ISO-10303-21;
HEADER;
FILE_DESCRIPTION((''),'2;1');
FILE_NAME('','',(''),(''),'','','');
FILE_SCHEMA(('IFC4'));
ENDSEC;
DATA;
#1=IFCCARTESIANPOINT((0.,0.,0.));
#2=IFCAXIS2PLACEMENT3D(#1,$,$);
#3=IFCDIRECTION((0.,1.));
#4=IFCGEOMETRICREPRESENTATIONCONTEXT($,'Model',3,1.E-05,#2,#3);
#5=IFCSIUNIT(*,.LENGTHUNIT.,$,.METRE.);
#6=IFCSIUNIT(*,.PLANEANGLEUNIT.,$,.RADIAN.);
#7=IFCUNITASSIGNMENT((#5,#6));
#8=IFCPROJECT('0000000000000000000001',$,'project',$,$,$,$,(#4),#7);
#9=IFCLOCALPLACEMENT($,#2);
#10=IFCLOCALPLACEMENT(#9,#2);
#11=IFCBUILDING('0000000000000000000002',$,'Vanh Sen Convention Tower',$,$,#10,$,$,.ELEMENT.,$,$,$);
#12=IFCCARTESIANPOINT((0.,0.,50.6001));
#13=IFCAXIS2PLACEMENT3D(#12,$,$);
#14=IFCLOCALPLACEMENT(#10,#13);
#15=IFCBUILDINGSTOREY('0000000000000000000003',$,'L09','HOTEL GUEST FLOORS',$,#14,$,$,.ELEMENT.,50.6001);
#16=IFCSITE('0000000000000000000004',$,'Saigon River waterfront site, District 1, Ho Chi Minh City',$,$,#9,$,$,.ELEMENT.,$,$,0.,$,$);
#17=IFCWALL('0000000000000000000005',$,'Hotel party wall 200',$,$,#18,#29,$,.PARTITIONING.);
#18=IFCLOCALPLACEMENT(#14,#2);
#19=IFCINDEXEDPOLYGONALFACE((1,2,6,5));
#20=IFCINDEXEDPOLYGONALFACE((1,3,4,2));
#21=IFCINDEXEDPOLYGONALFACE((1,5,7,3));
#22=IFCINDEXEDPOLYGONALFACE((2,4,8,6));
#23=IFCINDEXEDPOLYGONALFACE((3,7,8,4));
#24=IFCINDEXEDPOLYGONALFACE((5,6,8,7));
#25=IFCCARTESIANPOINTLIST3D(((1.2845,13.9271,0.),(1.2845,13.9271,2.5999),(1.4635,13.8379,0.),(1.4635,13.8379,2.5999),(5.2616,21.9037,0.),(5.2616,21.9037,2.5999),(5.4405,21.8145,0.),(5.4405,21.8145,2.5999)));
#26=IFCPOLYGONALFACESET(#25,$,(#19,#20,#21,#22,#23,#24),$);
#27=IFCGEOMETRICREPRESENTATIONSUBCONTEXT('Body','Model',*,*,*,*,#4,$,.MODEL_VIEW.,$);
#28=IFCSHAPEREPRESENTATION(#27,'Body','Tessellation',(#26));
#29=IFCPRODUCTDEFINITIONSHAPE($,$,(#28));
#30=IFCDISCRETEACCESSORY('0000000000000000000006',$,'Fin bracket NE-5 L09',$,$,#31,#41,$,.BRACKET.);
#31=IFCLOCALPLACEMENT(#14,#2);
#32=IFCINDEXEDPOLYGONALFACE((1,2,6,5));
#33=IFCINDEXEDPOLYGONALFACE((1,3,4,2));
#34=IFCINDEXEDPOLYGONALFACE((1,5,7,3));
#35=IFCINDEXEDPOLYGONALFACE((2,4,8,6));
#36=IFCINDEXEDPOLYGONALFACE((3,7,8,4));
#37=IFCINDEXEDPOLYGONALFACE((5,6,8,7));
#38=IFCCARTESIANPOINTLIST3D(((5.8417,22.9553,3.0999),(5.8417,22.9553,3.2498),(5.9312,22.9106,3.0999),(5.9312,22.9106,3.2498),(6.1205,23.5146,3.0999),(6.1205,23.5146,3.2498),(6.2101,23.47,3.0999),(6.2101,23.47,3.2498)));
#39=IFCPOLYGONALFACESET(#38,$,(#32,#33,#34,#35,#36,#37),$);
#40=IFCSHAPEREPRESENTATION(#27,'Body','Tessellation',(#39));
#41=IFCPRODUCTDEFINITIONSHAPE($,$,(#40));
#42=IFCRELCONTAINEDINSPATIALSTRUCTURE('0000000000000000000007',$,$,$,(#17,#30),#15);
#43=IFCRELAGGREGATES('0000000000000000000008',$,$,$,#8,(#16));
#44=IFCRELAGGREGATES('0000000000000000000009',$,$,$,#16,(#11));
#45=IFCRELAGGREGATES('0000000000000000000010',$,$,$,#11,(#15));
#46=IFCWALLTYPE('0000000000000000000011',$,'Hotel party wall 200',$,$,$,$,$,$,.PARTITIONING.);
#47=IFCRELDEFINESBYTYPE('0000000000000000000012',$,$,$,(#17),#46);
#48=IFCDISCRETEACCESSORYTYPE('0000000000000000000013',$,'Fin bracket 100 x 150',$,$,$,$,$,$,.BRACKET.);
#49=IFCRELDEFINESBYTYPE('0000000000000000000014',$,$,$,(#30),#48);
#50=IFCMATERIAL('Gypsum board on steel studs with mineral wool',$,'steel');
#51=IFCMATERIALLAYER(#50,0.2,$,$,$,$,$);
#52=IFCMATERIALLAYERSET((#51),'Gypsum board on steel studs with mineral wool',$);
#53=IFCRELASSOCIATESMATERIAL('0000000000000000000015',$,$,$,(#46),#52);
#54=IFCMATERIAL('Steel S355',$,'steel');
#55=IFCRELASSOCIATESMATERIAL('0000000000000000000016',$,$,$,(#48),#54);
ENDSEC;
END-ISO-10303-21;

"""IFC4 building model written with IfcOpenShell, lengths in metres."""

from ifc_helpers import new_model, si_unit, direction, frame, frame_2d, origin, origin_2d, place, context, subcontext, project, spatial, rectangle, extrude, material, layer, layer_set, type_object, element, save


model = new_model("IFC4")

# Units and contexts
model_context = context("Model", 3, precision=1e-05, world=origin(), true_north=direction((0.0, 1.0)))
body_context = subcontext(model_context, "Body", "Model", "MODEL_VIEW")
ifc_project = project(units=[si_unit("LENGTHUNIT", "METRE"), si_unit("PLANEANGLEUNIT", "RADIAN")], contexts=[model_context])

# Site, building, storey
site_placement = place(None, origin())
site = spatial("IfcSite", under=ifc_project, at=site_placement, Name="Saigon River waterfront site, District 1, Ho Chi Minh City", CompositionType="ELEMENT", RefElevation=0.0)
building_placement = place(site_placement, origin())
building = spatial("IfcBuilding", under=site, at=building_placement, Name="Vanh Sen Convention Tower", CompositionType="ELEMENT")
storey_placement = place(building_placement, frame((0.0, 0.0, 50.6001)))
storey = spatial("IfcBuildingStorey", under=building, at=storey_placement, Name="L09", Description="HOTEL GUEST FLOORS", CompositionType="ELEMENT", Elevation=50.6001)

# Shared definitions
ifc_material_1 = material(Name="Gypsum board on steel studs with mineral wool", Category="steel")

# Wall
ifc_layer_1 = layer(ifc_material_1, 0.2)
ifc_layer_set_1 = layer_set([ifc_layer_1], Name="Gypsum board on steel studs with mineral wool")
wall_type_1 = type_object("IfcWallType", Name="Hotel party wall 200", PredefinedType="PARTITIONING", material=ifc_layer_set_1)
wall_1_placement = place(storey_placement, frame((5.3511, 21.8591, 0.0), z_axis=(0.0, 0.0, 1.0), x_axis=(-0.446205, -0.894931, 0.0)))
element("IfcWall", 1, at=wall_1_placement, inside=storey, type_object=wall_type_1, Name="Hotel party wall 200", PredefinedType="PARTITIONING", context=body_context, shape_type="SweptSolid", body=[
    extrude(rectangle(XDim=8.9131, YDim=0.2, at=frame_2d((4.4565, 0.0))), origin(), (0.0, 0.0, 1.0), 2.5999),
])

# Discrete accessory
ifc_material_2 = material(Name="Steel S355", Category="steel")
discrete_accessory_type = type_object("IfcDiscreteAccessoryType", Name="Fin bracket 100 x 150", PredefinedType="BRACKET", material=ifc_material_2)
discrete_accessory_placement = place(storey_placement, frame((6.0259, 23.2126, 3.0999), z_axis=(0.0, 0.0, 1.0), x_axis=(0.446198, 0.894934, 0.0)))
element("IfcDiscreteAccessory", 2, at=discrete_accessory_placement, inside=storey, type_object=discrete_accessory_type, Name="Fin bracket NE-5 L09", PredefinedType="BRACKET", context=body_context, shape_type="SweptSolid", body=[
    extrude(rectangle(XDim=0.625, YDim=0.1001, at=origin_2d()), origin(), (0.0, 0.0, 1.0), 0.1499),
])

save(model, "model.ifc")
